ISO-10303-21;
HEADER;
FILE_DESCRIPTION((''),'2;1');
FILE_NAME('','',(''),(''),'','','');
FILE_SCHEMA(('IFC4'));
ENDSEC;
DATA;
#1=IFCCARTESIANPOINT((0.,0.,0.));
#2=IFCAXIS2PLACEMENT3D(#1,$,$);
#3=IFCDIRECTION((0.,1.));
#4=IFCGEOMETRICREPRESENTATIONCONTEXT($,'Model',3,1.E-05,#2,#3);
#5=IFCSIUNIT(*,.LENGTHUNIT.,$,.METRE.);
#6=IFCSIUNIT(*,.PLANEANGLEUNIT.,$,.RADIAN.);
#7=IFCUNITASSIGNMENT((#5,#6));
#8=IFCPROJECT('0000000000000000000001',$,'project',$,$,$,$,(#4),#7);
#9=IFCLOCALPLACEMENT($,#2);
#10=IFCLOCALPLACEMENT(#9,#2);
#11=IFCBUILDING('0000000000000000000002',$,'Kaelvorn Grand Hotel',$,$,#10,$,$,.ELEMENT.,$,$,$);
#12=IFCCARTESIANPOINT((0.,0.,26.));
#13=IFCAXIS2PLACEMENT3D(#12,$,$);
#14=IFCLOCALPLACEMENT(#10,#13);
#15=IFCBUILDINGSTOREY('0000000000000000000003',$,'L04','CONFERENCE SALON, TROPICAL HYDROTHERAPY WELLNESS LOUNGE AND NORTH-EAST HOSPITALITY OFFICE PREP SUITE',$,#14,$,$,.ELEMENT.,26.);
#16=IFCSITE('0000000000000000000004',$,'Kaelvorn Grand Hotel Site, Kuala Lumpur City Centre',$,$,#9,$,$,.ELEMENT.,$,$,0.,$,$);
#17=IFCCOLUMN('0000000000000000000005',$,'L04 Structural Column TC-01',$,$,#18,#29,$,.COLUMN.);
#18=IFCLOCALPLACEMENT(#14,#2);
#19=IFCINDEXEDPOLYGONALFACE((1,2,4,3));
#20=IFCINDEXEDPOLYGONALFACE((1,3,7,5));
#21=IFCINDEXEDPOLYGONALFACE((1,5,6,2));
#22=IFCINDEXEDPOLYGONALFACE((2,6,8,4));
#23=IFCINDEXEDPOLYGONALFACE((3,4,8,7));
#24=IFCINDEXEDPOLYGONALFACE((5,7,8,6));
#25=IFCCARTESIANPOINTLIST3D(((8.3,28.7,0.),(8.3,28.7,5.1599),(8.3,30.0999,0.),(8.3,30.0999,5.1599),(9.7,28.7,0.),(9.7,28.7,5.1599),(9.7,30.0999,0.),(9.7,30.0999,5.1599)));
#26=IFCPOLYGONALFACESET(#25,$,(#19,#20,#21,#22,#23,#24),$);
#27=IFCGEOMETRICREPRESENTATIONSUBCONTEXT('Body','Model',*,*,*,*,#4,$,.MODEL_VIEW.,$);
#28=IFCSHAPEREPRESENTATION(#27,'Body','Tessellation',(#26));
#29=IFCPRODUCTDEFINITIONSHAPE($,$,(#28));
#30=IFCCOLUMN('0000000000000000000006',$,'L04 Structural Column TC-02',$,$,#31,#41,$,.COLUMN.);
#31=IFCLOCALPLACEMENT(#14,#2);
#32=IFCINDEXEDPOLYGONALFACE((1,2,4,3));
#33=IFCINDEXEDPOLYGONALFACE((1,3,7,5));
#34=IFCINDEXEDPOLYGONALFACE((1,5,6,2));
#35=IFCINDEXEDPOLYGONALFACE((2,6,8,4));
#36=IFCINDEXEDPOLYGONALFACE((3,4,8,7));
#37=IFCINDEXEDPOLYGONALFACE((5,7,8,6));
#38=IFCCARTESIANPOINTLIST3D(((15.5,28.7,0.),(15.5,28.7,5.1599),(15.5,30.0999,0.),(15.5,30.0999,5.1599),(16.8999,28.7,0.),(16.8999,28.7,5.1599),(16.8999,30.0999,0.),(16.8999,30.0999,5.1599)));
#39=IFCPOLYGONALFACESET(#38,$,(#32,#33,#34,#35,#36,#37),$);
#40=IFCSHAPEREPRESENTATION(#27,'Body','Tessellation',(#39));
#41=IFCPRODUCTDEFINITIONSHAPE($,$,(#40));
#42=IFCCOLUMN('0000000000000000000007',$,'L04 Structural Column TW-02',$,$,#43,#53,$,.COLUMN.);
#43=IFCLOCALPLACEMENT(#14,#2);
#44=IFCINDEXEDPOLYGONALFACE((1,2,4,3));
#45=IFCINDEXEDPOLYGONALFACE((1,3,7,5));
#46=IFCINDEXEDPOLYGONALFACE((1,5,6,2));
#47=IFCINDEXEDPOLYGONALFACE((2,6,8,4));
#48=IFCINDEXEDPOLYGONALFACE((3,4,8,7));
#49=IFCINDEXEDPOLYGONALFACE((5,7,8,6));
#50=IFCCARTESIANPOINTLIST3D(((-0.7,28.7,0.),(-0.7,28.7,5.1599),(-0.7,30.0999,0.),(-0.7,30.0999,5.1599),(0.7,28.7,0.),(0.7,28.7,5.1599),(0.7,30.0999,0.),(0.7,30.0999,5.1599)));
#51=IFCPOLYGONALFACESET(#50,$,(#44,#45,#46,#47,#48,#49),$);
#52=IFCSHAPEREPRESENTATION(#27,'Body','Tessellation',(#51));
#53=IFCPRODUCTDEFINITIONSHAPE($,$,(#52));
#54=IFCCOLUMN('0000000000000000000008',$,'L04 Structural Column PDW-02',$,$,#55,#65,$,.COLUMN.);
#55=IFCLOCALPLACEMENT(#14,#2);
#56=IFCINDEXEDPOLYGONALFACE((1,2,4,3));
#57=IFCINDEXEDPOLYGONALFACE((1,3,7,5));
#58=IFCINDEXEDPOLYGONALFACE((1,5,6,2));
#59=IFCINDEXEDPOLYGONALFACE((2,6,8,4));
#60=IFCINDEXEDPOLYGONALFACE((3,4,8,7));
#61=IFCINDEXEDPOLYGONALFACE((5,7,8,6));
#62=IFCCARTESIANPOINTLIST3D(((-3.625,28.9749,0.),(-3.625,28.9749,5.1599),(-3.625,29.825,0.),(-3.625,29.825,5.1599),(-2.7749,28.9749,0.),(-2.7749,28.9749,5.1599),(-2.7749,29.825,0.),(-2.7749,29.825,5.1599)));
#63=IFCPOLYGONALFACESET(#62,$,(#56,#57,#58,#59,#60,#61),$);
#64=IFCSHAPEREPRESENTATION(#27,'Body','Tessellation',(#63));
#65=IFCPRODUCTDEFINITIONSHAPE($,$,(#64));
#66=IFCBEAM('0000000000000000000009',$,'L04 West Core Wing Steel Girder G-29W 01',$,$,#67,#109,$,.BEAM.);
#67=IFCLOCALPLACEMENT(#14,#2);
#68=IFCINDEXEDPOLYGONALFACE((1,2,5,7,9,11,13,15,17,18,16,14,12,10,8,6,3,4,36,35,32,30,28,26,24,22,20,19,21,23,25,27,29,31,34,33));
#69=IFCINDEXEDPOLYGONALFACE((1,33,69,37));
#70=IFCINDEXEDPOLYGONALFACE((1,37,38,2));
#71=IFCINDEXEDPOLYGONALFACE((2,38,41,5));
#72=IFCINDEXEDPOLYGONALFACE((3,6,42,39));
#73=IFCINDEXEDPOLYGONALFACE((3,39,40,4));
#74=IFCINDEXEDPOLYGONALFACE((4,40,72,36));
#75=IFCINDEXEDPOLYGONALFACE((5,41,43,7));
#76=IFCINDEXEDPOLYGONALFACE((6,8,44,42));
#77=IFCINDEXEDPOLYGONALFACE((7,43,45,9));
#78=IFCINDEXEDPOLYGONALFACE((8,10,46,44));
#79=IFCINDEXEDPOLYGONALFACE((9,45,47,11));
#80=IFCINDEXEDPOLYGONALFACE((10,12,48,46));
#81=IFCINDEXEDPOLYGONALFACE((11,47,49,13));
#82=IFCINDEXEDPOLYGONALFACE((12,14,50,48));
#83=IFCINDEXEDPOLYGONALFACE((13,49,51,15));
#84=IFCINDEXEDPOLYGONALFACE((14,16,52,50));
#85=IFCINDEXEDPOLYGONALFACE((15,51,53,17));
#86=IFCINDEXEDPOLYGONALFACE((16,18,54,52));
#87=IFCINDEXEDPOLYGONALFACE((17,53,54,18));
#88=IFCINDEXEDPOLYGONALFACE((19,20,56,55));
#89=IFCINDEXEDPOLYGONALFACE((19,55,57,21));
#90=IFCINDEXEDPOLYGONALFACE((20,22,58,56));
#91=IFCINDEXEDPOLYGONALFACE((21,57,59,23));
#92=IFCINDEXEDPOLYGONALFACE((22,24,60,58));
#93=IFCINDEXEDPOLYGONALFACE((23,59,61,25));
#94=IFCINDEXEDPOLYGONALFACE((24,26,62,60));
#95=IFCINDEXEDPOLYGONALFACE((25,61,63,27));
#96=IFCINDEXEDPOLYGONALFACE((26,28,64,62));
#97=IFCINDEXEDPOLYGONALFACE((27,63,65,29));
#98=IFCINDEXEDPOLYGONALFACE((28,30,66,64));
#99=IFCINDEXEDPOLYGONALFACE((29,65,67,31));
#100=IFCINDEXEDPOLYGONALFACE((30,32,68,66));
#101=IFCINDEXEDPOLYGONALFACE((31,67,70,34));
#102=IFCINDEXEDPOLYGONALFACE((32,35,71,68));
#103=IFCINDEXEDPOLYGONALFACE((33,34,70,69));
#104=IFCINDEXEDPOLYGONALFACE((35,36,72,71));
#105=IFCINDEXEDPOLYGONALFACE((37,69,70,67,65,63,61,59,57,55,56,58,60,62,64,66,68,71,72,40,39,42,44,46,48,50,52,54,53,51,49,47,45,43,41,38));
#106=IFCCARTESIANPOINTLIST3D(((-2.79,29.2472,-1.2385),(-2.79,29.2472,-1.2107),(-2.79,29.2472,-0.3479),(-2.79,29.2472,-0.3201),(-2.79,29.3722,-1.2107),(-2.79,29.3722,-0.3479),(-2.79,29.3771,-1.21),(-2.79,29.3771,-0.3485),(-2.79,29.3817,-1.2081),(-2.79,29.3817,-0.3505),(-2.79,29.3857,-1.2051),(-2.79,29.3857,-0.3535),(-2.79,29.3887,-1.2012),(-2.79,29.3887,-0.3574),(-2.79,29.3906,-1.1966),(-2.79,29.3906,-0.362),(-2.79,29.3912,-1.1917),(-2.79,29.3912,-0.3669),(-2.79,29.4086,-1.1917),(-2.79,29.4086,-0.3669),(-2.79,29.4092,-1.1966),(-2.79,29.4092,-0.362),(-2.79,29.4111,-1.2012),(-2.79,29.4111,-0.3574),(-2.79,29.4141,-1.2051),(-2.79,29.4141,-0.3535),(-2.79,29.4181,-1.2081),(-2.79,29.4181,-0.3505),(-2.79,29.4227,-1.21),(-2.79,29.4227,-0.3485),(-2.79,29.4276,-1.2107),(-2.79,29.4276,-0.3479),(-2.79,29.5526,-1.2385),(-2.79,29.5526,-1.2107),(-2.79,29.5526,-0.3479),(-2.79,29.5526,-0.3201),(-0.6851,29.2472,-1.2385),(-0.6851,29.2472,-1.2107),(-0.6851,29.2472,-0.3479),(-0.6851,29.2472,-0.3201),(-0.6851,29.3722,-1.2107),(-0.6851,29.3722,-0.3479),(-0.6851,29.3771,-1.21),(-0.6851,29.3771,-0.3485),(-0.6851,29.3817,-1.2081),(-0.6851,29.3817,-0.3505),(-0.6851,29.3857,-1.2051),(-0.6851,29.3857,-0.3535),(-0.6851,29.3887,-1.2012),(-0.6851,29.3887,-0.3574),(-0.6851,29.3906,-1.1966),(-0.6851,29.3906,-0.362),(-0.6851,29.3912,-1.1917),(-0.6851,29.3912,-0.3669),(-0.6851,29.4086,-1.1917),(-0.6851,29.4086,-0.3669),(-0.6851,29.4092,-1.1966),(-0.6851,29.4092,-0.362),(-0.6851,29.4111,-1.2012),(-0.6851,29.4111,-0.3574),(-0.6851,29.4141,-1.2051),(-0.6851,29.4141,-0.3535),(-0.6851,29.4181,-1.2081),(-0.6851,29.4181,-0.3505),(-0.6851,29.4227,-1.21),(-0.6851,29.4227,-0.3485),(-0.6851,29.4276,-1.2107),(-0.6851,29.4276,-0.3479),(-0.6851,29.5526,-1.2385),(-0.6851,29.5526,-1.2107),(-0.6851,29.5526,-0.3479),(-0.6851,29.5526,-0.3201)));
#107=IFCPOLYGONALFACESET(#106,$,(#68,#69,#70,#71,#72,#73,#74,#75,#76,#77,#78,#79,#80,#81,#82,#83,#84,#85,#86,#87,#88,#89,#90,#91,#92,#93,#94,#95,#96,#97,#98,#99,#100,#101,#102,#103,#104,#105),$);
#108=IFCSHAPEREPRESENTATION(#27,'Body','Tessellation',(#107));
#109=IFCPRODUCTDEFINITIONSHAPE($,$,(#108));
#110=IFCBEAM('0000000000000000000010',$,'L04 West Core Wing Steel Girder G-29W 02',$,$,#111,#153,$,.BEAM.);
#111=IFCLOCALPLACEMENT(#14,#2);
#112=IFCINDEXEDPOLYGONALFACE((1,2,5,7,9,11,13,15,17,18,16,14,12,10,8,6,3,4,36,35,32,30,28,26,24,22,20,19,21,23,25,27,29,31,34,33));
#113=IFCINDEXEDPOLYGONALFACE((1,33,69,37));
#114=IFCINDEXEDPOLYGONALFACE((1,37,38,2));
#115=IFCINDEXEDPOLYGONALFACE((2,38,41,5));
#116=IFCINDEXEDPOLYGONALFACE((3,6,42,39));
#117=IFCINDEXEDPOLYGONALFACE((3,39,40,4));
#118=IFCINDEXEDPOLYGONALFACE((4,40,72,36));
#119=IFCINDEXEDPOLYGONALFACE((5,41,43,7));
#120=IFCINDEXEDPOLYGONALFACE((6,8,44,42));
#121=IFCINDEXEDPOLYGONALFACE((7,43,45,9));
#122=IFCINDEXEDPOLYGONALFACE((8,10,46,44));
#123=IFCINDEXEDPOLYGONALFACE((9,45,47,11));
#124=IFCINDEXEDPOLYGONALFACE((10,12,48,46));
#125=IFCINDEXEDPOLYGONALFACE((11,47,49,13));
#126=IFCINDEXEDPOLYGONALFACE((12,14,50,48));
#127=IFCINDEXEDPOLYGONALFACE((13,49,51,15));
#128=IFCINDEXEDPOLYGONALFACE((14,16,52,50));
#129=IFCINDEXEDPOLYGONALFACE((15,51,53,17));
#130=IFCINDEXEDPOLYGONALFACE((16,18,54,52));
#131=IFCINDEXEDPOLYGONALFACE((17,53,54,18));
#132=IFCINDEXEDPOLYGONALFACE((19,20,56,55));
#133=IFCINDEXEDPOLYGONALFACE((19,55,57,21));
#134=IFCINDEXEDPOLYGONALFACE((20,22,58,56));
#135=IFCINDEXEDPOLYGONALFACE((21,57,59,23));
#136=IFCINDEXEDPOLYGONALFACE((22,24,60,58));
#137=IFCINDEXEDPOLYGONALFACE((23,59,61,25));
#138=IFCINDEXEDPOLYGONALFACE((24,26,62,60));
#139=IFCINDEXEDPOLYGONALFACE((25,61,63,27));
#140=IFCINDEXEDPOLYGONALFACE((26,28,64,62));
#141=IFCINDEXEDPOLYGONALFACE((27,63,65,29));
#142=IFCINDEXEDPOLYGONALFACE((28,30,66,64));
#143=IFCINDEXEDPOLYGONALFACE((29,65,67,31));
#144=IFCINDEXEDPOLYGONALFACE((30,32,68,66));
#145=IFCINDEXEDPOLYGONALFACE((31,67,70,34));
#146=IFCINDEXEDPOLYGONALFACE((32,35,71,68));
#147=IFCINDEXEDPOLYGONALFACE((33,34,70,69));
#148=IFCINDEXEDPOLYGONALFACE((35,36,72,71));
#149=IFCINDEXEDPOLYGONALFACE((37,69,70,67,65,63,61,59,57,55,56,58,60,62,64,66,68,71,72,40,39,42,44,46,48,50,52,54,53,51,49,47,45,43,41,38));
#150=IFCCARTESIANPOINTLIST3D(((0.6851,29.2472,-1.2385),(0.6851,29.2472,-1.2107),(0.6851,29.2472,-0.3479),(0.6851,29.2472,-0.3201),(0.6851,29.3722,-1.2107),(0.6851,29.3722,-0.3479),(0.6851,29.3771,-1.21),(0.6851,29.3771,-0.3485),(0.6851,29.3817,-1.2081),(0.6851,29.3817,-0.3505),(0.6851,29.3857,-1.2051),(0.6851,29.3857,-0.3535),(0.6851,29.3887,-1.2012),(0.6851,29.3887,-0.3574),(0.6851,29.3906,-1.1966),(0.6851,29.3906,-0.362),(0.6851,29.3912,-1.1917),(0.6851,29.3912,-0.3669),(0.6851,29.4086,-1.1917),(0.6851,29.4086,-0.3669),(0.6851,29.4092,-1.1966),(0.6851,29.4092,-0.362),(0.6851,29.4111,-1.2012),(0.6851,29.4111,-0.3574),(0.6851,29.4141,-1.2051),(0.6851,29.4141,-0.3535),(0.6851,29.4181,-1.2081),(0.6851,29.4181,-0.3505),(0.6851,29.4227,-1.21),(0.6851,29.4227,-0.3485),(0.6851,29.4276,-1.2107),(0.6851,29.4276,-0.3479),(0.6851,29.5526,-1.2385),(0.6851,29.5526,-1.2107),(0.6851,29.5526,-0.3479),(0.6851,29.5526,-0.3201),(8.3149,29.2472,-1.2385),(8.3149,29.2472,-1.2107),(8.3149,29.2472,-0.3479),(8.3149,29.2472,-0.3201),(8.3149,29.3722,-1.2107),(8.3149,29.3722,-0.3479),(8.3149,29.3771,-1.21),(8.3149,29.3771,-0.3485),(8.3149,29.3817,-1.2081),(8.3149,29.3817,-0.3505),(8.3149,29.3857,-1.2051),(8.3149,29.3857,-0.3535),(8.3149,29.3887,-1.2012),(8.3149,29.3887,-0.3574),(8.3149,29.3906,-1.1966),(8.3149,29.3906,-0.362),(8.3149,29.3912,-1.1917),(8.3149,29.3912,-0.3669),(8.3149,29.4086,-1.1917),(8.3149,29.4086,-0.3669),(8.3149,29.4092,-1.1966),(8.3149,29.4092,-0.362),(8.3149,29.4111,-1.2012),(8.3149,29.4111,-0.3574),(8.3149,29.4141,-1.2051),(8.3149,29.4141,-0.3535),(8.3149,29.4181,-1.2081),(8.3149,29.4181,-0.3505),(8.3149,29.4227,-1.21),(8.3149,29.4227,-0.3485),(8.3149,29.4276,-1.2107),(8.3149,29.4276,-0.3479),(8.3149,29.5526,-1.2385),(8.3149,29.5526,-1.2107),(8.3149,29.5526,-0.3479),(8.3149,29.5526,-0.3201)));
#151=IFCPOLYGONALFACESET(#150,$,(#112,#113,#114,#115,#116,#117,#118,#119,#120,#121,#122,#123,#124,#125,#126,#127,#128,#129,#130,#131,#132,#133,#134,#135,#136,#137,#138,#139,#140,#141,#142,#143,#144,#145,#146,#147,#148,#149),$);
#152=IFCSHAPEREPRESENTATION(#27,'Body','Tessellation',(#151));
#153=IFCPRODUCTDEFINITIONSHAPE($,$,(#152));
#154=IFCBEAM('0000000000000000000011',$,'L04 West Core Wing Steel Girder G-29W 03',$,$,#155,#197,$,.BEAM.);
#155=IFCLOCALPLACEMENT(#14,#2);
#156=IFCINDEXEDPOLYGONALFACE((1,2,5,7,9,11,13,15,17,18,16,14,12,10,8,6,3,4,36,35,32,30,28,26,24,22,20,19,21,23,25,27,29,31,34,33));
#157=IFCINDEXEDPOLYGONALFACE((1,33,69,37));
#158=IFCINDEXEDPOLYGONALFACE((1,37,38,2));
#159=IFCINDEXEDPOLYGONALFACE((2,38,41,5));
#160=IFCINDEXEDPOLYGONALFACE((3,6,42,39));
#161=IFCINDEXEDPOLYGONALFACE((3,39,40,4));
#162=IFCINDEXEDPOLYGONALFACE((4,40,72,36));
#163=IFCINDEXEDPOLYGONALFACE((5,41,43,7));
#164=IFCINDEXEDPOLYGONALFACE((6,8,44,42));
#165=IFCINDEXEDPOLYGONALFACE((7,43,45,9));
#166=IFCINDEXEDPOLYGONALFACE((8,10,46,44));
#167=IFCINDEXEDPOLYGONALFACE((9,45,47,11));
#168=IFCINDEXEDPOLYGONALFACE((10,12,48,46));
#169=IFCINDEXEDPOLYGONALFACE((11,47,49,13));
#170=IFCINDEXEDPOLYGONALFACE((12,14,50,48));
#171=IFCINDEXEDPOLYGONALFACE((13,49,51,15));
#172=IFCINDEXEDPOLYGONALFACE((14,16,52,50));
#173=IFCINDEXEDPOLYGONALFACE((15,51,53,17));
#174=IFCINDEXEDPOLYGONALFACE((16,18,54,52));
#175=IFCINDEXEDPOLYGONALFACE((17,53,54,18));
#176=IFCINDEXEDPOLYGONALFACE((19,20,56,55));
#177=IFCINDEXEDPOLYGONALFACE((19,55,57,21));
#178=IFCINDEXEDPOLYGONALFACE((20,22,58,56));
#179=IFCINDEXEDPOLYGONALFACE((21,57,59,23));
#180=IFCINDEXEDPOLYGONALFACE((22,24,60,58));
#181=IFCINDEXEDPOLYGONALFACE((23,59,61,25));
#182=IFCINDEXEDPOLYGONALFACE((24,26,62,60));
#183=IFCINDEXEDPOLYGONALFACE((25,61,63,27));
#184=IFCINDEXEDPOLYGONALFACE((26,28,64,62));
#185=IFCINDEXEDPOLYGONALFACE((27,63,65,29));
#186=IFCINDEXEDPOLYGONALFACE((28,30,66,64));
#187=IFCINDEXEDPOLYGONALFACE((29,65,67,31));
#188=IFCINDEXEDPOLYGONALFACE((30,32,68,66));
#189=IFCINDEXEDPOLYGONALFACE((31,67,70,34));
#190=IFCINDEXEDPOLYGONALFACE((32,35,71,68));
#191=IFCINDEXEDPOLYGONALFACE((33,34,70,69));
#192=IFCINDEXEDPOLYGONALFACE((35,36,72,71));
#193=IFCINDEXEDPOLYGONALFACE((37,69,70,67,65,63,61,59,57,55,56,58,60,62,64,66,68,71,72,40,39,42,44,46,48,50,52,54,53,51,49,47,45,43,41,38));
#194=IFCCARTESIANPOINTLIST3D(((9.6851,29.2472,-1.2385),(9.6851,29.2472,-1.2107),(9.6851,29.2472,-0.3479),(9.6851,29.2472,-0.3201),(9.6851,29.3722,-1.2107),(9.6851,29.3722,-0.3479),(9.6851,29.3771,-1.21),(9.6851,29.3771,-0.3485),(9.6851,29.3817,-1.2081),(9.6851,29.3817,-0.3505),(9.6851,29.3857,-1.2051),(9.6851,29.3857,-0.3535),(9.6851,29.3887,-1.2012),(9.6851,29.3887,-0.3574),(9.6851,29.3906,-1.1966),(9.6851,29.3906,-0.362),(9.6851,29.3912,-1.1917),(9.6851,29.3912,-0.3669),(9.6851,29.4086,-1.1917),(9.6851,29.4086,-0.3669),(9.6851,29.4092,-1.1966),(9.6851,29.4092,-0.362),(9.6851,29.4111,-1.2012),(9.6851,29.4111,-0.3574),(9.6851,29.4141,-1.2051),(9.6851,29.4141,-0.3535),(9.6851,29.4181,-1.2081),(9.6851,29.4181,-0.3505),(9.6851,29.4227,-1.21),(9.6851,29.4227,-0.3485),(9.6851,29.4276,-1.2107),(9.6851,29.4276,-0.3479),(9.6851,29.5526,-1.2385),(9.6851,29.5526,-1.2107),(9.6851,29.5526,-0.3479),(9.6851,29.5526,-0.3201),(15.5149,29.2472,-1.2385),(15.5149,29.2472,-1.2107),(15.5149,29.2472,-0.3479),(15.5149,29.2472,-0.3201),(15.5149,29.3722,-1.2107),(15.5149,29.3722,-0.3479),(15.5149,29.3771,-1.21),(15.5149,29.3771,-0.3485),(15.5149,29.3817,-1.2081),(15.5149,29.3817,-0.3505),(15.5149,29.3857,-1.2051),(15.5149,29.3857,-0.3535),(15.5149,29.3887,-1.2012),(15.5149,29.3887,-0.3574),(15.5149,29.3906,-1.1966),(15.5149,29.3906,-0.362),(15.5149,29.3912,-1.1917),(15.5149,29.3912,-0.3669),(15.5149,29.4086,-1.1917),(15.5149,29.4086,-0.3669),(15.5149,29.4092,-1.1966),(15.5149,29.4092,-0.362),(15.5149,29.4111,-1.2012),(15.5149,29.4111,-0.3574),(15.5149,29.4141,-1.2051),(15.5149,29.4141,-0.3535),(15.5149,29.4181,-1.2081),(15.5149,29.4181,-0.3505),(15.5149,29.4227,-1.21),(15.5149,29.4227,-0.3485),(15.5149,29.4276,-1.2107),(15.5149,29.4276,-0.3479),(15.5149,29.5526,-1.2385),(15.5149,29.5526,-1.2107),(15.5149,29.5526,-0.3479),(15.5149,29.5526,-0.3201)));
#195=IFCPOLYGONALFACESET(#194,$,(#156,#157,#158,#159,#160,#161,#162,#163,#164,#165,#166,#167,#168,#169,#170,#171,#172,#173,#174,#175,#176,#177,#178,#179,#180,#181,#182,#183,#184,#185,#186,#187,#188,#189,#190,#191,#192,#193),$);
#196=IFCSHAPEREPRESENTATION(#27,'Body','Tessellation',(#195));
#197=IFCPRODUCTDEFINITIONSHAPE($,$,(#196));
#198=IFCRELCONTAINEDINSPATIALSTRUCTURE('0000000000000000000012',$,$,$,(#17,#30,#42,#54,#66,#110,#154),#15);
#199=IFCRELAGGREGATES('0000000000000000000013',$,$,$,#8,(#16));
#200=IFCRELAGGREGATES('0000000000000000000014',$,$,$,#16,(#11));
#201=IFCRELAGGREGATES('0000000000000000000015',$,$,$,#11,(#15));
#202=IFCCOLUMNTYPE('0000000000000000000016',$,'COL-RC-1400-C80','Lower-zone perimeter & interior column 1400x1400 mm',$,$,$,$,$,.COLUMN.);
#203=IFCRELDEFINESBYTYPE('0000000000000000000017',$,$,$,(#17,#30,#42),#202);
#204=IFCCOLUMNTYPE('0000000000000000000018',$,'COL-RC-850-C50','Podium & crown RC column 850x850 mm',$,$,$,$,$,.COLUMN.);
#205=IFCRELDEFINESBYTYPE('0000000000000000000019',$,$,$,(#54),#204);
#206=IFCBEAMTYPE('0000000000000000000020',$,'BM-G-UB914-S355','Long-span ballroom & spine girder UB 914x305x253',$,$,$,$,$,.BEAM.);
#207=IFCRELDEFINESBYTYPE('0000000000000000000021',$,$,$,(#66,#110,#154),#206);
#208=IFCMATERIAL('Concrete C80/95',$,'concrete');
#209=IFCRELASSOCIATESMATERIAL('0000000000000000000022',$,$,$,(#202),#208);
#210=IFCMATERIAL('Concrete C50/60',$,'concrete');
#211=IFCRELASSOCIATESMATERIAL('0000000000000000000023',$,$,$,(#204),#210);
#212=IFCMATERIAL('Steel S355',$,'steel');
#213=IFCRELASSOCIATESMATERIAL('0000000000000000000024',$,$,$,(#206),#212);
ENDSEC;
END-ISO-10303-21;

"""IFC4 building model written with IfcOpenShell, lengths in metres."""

from ifc_helpers import new_model, si_unit, direction, frame, origin, origin_2d, place, context, subcontext, project, spatial, rectangle, i_section, extrude, material, material_profile, profile_set, type_object, element, save


model = new_model("IFC4")

# Units and contexts
model_context = context("Model", 3, precision=1e-05, world=origin(), true_north=direction((0.0, 1.0)))
body_context = subcontext(model_context, "Body", "Model", "MODEL_VIEW")
ifc_project = project(units=[si_unit("LENGTHUNIT", "METRE"), si_unit("PLANEANGLEUNIT", "RADIAN")], contexts=[model_context])

# Site, building, storey
site_placement = place(None, origin())
site = spatial("IfcSite", under=ifc_project, at=site_placement, Name="Kaelvorn Grand Hotel Site, Kuala Lumpur City Centre", CompositionType="ELEMENT", RefElevation=0.0)
building_placement = place(site_placement, origin())
building = spatial("IfcBuilding", under=site, at=building_placement, Name="Kaelvorn Grand Hotel", CompositionType="ELEMENT")
storey_placement = place(building_placement, frame((0.0, 0.0, 26.0)))
storey = spatial("IfcBuildingStorey", under=building, at=storey_placement, Name="L04", Description="CONFERENCE SALON, TROPICAL HYDROTHERAPY WELLNESS LOUNGE AND NORTH-EAST HOSPITALITY OFFICE PREP SUITE", CompositionType="ELEMENT", Elevation=26.0)

# Columns
ifc_material_1 = material(Name="Concrete C80/95", Category="concrete")
ifc_material_profile_1 = material_profile(ifc_material_1, rectangle(XDim=1.3999, YDim=1.3999, at=origin_2d()), Name="RC COL 1400x1400")
ifc_profile_set_1 = profile_set([ifc_material_profile_1], Name="Concrete C80/95")
column_type_1 = type_object("IfcColumnType", Name="COL-RC-1400-C80", Description="Lower-zone perimeter & interior column 1400x1400 mm", PredefinedType="COLUMN", material=ifc_profile_set_1)
for number, where, z_axis, x_axis, name in (
    (1, (9.0, 29.3999, 0.0), (0.0, 0.0, 1.0), (1.0, 0.0, 0.0), "L04 Structural Column TC-01"),
    (2, (16.2, 29.3999, 0.0), (0.0, 0.0, 1.0), (1.0, 0.0, 0.0), "L04 Structural Column TC-02"),
    (3, (0.0, 29.3999, 0.0), (0.0, 0.0, 1.0), (1.0, 0.0, 0.0), "L04 Structural Column TW-02"),
):
    element("IfcColumn", number, at=place(storey_placement, frame(where, z_axis=z_axis, x_axis=x_axis)), inside=storey, type_object=column_type_1, Name=name, PredefinedType="COLUMN", context=body_context, shape_type="SweptSolid", body=[
        extrude(rectangle(XDim=1.3999, YDim=1.3999, at=origin_2d()), origin(), (0.0, 0.0, 1.0), 5.1599),
    ])
ifc_material_2 = material(Name="Concrete C50/60", Category="concrete")
ifc_material_profile_2 = material_profile(ifc_material_2, rectangle(XDim=0.8501, YDim=0.8501, at=origin_2d()), Name="RC COL 850x850")
ifc_profile_set_2 = profile_set([ifc_material_profile_2], Name="Concrete C50/60")
column_type_2 = type_object("IfcColumnType", Name="COL-RC-850-C50", Description="Podium & crown RC column 850x850 mm", PredefinedType="COLUMN", material=ifc_profile_set_2)
column_placement = place(storey_placement, frame((-3.2, 29.3999, 0.0), z_axis=(0.0, 0.0, 1.0), x_axis=(1.0, 0.0, 0.0)))
element("IfcColumn", 4, at=column_placement, inside=storey, type_object=column_type_2, Name="L04 Structural Column PDW-02", PredefinedType="COLUMN", context=body_context, shape_type="SweptSolid", body=[
    extrude(rectangle(XDim=0.8501, YDim=0.8501, at=origin_2d()), origin(), (0.0, 0.0, 1.0), 5.1599),
])

# Beams
ifc_material_3 = material(Name="Steel S355", Category="steel")
ifc_material_profile_3 = material_profile(ifc_material_3, i_section(OverallWidth=0.3054, OverallDepth=0.9185, WebThickness=0.0173, FlangeThickness=0.0278, FilletRadius=0.019, at=origin_2d()), Name="UB 914x305x253")
ifc_profile_set_3 = profile_set([ifc_material_profile_3], Name="Steel S355")
beam_type_1 = type_object("IfcBeamType", Name="BM-G-UB914-S355", Description="Long-span ballroom & spine girder UB 914x305x253", PredefinedType="BEAM", material=ifc_profile_set_3)
beam_1_placement = place(storey_placement, frame((-2.79, 29.3999, -0.7793), z_axis=(1.0, 0.0, 0.0), x_axis=(0.0, 1.0, 0.0)))
element("IfcBeam", 5, at=beam_1_placement, inside=storey, type_object=beam_type_1, Name="L04 West Core Wing Steel Girder G-29W 01", PredefinedType="BEAM", context=body_context, shape_type="SweptSolid", body=[
    extrude(i_section(OverallWidth=0.3054, OverallDepth=0.9185, WebThickness=0.0173, FlangeThickness=0.0278, FilletRadius=0.019, at=origin_2d()), origin(), (0.0, 0.0, 1.0), 2.105),
])
beam_2_placement = place(storey_placement, frame((0.6851, 29.3999, -0.7793), z_axis=(1.0, 0.0, 0.0), x_axis=(0.0, 1.0, 0.0)))
element("IfcBeam", 6, at=beam_2_placement, inside=storey, type_object=beam_type_1, Name="L04 West Core Wing Steel Girder G-29W 02", PredefinedType="BEAM", context=body_context, shape_type="SweptSolid", body=[
    extrude(i_section(OverallWidth=0.3054, OverallDepth=0.9185, WebThickness=0.0173, FlangeThickness=0.0278, FilletRadius=0.019, at=origin_2d()), origin(), (0.0, 0.0, 1.0), 7.6299),
])
beam_3_placement = place(storey_placement, frame((9.6851, 29.3999, -0.7793), z_axis=(1.0, 0.0, 0.0), x_axis=(0.0, 1.0, 0.0)))
element("IfcBeam", 7, at=beam_3_placement, inside=storey, type_object=beam_type_1, Name="L04 West Core Wing Steel Girder G-29W 03", PredefinedType="BEAM", context=body_context, shape_type="SweptSolid", body=[
    extrude(i_section(OverallWidth=0.3054, OverallDepth=0.9185, WebThickness=0.0173, FlangeThickness=0.0278, FilletRadius=0.019, at=origin_2d()), origin(), (0.0, 0.0, 1.0), 5.8298),
])

save(model, "model.ifc")
